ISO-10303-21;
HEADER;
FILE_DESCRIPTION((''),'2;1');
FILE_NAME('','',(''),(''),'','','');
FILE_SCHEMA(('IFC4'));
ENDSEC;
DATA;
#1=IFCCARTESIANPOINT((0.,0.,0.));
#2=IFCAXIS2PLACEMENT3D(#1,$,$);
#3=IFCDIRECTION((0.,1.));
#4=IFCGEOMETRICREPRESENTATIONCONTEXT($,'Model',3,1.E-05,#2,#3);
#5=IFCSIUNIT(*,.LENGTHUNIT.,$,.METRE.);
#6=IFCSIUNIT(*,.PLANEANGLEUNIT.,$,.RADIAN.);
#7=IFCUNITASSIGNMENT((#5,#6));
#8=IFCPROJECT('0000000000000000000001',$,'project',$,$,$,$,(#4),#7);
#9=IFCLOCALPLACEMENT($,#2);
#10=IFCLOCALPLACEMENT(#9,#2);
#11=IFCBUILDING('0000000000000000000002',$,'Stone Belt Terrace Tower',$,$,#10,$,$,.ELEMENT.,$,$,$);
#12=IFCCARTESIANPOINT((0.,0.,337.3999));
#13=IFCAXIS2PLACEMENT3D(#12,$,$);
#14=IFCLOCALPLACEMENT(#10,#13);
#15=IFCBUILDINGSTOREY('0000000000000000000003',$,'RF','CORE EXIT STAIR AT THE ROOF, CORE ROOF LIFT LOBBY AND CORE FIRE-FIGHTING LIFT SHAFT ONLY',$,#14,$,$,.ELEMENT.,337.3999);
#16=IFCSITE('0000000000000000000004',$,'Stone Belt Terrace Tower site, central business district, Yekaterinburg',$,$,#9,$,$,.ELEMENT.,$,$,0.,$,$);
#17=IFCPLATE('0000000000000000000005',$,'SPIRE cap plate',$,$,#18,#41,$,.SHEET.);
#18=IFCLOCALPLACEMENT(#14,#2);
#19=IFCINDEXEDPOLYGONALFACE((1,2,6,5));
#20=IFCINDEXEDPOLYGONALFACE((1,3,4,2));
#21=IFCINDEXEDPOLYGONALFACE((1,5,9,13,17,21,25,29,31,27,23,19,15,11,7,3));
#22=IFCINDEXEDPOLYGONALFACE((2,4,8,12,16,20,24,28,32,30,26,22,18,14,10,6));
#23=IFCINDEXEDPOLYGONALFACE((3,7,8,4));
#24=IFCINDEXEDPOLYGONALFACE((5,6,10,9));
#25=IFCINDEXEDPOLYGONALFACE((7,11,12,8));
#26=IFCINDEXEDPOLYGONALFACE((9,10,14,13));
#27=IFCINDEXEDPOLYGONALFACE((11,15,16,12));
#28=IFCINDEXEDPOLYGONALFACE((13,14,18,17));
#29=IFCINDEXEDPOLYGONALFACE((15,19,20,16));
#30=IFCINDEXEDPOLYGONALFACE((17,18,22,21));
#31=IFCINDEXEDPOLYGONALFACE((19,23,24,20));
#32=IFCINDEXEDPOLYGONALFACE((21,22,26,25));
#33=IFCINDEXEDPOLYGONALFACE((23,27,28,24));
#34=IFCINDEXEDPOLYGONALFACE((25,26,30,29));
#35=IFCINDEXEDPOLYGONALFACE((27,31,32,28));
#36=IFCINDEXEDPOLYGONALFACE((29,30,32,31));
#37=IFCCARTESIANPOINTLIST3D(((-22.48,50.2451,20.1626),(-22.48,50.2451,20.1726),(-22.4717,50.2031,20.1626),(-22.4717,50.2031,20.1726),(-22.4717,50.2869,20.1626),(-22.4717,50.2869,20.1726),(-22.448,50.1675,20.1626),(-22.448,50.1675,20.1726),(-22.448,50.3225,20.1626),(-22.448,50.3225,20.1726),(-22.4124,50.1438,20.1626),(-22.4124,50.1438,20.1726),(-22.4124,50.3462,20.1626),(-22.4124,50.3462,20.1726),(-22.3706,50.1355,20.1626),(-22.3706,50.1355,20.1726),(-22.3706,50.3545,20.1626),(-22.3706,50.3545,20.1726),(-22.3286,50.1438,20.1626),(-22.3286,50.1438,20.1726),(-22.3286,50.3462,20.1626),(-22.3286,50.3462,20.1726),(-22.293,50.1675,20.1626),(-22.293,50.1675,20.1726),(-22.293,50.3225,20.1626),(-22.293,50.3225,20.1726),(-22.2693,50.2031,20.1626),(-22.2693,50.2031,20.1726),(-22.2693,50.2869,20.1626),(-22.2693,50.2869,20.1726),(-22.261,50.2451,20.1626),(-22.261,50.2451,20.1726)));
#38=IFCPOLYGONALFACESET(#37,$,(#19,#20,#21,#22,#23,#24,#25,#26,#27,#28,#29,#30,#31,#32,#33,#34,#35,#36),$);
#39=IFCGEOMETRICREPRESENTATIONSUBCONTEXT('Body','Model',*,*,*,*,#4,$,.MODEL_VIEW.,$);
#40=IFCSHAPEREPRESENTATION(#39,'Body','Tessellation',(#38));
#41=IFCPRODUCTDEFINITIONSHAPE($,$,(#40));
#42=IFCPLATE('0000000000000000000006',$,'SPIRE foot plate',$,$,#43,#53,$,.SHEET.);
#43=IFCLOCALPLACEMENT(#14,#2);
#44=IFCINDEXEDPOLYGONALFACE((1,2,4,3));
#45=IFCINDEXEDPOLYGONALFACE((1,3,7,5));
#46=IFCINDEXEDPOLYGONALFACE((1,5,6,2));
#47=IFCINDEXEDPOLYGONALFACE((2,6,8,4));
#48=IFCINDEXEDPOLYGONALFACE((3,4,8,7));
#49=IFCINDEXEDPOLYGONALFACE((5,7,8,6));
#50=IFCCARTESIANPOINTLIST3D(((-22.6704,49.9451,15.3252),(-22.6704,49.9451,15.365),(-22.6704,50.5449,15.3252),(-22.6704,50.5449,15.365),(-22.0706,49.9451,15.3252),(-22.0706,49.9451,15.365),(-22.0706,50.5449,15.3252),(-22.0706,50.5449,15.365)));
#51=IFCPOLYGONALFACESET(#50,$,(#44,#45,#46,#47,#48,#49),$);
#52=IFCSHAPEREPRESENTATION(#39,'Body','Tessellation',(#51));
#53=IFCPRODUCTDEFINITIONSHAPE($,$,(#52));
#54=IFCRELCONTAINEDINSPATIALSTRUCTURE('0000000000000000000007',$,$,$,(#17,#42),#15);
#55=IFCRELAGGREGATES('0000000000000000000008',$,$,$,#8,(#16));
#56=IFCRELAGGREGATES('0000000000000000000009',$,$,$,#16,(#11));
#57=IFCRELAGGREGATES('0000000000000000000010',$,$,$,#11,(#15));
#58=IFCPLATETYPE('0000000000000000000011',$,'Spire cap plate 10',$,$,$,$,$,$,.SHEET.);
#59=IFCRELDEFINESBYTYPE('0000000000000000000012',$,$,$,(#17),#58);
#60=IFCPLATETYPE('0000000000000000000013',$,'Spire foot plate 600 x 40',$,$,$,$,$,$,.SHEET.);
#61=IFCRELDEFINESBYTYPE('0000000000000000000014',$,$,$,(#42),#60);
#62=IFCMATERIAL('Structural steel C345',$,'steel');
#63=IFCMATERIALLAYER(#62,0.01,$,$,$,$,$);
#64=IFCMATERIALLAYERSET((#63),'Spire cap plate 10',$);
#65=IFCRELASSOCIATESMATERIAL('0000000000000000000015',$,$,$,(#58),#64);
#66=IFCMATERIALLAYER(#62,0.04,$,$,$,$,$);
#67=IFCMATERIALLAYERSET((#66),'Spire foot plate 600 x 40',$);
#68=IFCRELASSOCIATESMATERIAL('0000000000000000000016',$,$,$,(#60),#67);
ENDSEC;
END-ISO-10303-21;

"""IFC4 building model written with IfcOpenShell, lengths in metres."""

from ifc_helpers import new_model, si_unit, direction, frame, origin, place, context, subcontext, project, spatial, polyline, outline, extrude, material, layer, layer_set, type_object, element, save


model = new_model("IFC4")

# Units and contexts
model_context = context("Model", 3, precision=1e-05, world=origin(), true_north=direction((0.0, 1.0)))
body_context = subcontext(model_context, "Body", "Model", "MODEL_VIEW")
ifc_project = project(units=[si_unit("LENGTHUNIT", "METRE"), si_unit("PLANEANGLEUNIT", "RADIAN")], contexts=[model_context])

# Site, building, storey
site_placement = place(None, origin())
site = spatial("IfcSite", under=ifc_project, at=site_placement, Name="Stone Belt Terrace Tower site, central business district, Yekaterinburg", CompositionType="ELEMENT", RefElevation=0.0)
building_placement = place(site_placement, origin())
building = spatial("IfcBuilding", under=site, at=building_placement, Name="Stone Belt Terrace Tower", CompositionType="ELEMENT")
storey_placement = place(building_placement, frame((0.0, 0.0, 337.3999)))
storey = spatial("IfcBuildingStorey", under=building, at=storey_placement, Name="RF", Description="CORE EXIT STAIR AT THE ROOF, CORE ROOF LIFT LOBBY AND CORE FIRE-FIGHTING LIFT SHAFT ONLY", CompositionType="ELEMENT", Elevation=337.3999)

# Shared definitions
ifc_material_1 = material(Name="Structural steel C345", Category="steel")

# Plates
ifc_layer_1 = layer(ifc_material_1, 0.01)
ifc_layer_set_1 = layer_set([ifc_layer_1], Name="Spire cap plate 10")
plate_type_1 = type_object("IfcPlateType", Name="Spire cap plate 10", PredefinedType="SHEET", material=ifc_layer_set_1)
plate_1_placement = place(storey_placement, frame((0.0, 0.0, 20.1626)))
element("IfcPlate", 1, at=plate_1_placement, inside=storey, type_object=plate_type_1, Name="SPIRE cap plate", PredefinedType="SHEET", context=body_context, shape_type="SweptSolid", body=[
    extrude(outline(polyline([(-22.261, 50.2451), (-22.2693, 50.2869), (-22.293, 50.3225), (-22.3286, 50.3462), (-22.3706, 50.3545), (-22.4124, 50.3462), (-22.448, 50.3225), (-22.4717, 50.2869), (-22.48, 50.2451), (-22.4717, 50.2031), (-22.448, 50.1675), (-22.4124, 50.1438), (-22.3706, 50.1355), (-22.3286, 50.1438), (-22.293, 50.1675), (-22.2693, 50.2031), (-22.261, 50.2451)])), origin(), (0.0, 0.0, 1.0), 0.01),
])
ifc_layer_2 = layer(ifc_material_1, 0.04)
ifc_layer_set_2 = layer_set([ifc_layer_2], Name="Spire foot plate 600 x 40")
plate_type_2 = type_object("IfcPlateType", Name="Spire foot plate 600 x 40", PredefinedType="SHEET", material=ifc_layer_set_2)
plate_2_placement = place(storey_placement, frame((0.0, 0.0, 15.3252)))
element("IfcPlate", 2, at=plate_2_placement, inside=storey, type_object=plate_type_2, Name="SPIRE foot plate", PredefinedType="SHEET", context=body_context, shape_type="SweptSolid", body=[
    extrude(outline(polyline([(-22.6704, 49.9451), (-22.0706, 49.9451), (-22.0706, 50.5449), (-22.6704, 50.5449), (-22.6704, 49.9451)])), origin(), (0.0, 0.0, 1.0), 0.0398),
])

save(model, "model.ifc")
